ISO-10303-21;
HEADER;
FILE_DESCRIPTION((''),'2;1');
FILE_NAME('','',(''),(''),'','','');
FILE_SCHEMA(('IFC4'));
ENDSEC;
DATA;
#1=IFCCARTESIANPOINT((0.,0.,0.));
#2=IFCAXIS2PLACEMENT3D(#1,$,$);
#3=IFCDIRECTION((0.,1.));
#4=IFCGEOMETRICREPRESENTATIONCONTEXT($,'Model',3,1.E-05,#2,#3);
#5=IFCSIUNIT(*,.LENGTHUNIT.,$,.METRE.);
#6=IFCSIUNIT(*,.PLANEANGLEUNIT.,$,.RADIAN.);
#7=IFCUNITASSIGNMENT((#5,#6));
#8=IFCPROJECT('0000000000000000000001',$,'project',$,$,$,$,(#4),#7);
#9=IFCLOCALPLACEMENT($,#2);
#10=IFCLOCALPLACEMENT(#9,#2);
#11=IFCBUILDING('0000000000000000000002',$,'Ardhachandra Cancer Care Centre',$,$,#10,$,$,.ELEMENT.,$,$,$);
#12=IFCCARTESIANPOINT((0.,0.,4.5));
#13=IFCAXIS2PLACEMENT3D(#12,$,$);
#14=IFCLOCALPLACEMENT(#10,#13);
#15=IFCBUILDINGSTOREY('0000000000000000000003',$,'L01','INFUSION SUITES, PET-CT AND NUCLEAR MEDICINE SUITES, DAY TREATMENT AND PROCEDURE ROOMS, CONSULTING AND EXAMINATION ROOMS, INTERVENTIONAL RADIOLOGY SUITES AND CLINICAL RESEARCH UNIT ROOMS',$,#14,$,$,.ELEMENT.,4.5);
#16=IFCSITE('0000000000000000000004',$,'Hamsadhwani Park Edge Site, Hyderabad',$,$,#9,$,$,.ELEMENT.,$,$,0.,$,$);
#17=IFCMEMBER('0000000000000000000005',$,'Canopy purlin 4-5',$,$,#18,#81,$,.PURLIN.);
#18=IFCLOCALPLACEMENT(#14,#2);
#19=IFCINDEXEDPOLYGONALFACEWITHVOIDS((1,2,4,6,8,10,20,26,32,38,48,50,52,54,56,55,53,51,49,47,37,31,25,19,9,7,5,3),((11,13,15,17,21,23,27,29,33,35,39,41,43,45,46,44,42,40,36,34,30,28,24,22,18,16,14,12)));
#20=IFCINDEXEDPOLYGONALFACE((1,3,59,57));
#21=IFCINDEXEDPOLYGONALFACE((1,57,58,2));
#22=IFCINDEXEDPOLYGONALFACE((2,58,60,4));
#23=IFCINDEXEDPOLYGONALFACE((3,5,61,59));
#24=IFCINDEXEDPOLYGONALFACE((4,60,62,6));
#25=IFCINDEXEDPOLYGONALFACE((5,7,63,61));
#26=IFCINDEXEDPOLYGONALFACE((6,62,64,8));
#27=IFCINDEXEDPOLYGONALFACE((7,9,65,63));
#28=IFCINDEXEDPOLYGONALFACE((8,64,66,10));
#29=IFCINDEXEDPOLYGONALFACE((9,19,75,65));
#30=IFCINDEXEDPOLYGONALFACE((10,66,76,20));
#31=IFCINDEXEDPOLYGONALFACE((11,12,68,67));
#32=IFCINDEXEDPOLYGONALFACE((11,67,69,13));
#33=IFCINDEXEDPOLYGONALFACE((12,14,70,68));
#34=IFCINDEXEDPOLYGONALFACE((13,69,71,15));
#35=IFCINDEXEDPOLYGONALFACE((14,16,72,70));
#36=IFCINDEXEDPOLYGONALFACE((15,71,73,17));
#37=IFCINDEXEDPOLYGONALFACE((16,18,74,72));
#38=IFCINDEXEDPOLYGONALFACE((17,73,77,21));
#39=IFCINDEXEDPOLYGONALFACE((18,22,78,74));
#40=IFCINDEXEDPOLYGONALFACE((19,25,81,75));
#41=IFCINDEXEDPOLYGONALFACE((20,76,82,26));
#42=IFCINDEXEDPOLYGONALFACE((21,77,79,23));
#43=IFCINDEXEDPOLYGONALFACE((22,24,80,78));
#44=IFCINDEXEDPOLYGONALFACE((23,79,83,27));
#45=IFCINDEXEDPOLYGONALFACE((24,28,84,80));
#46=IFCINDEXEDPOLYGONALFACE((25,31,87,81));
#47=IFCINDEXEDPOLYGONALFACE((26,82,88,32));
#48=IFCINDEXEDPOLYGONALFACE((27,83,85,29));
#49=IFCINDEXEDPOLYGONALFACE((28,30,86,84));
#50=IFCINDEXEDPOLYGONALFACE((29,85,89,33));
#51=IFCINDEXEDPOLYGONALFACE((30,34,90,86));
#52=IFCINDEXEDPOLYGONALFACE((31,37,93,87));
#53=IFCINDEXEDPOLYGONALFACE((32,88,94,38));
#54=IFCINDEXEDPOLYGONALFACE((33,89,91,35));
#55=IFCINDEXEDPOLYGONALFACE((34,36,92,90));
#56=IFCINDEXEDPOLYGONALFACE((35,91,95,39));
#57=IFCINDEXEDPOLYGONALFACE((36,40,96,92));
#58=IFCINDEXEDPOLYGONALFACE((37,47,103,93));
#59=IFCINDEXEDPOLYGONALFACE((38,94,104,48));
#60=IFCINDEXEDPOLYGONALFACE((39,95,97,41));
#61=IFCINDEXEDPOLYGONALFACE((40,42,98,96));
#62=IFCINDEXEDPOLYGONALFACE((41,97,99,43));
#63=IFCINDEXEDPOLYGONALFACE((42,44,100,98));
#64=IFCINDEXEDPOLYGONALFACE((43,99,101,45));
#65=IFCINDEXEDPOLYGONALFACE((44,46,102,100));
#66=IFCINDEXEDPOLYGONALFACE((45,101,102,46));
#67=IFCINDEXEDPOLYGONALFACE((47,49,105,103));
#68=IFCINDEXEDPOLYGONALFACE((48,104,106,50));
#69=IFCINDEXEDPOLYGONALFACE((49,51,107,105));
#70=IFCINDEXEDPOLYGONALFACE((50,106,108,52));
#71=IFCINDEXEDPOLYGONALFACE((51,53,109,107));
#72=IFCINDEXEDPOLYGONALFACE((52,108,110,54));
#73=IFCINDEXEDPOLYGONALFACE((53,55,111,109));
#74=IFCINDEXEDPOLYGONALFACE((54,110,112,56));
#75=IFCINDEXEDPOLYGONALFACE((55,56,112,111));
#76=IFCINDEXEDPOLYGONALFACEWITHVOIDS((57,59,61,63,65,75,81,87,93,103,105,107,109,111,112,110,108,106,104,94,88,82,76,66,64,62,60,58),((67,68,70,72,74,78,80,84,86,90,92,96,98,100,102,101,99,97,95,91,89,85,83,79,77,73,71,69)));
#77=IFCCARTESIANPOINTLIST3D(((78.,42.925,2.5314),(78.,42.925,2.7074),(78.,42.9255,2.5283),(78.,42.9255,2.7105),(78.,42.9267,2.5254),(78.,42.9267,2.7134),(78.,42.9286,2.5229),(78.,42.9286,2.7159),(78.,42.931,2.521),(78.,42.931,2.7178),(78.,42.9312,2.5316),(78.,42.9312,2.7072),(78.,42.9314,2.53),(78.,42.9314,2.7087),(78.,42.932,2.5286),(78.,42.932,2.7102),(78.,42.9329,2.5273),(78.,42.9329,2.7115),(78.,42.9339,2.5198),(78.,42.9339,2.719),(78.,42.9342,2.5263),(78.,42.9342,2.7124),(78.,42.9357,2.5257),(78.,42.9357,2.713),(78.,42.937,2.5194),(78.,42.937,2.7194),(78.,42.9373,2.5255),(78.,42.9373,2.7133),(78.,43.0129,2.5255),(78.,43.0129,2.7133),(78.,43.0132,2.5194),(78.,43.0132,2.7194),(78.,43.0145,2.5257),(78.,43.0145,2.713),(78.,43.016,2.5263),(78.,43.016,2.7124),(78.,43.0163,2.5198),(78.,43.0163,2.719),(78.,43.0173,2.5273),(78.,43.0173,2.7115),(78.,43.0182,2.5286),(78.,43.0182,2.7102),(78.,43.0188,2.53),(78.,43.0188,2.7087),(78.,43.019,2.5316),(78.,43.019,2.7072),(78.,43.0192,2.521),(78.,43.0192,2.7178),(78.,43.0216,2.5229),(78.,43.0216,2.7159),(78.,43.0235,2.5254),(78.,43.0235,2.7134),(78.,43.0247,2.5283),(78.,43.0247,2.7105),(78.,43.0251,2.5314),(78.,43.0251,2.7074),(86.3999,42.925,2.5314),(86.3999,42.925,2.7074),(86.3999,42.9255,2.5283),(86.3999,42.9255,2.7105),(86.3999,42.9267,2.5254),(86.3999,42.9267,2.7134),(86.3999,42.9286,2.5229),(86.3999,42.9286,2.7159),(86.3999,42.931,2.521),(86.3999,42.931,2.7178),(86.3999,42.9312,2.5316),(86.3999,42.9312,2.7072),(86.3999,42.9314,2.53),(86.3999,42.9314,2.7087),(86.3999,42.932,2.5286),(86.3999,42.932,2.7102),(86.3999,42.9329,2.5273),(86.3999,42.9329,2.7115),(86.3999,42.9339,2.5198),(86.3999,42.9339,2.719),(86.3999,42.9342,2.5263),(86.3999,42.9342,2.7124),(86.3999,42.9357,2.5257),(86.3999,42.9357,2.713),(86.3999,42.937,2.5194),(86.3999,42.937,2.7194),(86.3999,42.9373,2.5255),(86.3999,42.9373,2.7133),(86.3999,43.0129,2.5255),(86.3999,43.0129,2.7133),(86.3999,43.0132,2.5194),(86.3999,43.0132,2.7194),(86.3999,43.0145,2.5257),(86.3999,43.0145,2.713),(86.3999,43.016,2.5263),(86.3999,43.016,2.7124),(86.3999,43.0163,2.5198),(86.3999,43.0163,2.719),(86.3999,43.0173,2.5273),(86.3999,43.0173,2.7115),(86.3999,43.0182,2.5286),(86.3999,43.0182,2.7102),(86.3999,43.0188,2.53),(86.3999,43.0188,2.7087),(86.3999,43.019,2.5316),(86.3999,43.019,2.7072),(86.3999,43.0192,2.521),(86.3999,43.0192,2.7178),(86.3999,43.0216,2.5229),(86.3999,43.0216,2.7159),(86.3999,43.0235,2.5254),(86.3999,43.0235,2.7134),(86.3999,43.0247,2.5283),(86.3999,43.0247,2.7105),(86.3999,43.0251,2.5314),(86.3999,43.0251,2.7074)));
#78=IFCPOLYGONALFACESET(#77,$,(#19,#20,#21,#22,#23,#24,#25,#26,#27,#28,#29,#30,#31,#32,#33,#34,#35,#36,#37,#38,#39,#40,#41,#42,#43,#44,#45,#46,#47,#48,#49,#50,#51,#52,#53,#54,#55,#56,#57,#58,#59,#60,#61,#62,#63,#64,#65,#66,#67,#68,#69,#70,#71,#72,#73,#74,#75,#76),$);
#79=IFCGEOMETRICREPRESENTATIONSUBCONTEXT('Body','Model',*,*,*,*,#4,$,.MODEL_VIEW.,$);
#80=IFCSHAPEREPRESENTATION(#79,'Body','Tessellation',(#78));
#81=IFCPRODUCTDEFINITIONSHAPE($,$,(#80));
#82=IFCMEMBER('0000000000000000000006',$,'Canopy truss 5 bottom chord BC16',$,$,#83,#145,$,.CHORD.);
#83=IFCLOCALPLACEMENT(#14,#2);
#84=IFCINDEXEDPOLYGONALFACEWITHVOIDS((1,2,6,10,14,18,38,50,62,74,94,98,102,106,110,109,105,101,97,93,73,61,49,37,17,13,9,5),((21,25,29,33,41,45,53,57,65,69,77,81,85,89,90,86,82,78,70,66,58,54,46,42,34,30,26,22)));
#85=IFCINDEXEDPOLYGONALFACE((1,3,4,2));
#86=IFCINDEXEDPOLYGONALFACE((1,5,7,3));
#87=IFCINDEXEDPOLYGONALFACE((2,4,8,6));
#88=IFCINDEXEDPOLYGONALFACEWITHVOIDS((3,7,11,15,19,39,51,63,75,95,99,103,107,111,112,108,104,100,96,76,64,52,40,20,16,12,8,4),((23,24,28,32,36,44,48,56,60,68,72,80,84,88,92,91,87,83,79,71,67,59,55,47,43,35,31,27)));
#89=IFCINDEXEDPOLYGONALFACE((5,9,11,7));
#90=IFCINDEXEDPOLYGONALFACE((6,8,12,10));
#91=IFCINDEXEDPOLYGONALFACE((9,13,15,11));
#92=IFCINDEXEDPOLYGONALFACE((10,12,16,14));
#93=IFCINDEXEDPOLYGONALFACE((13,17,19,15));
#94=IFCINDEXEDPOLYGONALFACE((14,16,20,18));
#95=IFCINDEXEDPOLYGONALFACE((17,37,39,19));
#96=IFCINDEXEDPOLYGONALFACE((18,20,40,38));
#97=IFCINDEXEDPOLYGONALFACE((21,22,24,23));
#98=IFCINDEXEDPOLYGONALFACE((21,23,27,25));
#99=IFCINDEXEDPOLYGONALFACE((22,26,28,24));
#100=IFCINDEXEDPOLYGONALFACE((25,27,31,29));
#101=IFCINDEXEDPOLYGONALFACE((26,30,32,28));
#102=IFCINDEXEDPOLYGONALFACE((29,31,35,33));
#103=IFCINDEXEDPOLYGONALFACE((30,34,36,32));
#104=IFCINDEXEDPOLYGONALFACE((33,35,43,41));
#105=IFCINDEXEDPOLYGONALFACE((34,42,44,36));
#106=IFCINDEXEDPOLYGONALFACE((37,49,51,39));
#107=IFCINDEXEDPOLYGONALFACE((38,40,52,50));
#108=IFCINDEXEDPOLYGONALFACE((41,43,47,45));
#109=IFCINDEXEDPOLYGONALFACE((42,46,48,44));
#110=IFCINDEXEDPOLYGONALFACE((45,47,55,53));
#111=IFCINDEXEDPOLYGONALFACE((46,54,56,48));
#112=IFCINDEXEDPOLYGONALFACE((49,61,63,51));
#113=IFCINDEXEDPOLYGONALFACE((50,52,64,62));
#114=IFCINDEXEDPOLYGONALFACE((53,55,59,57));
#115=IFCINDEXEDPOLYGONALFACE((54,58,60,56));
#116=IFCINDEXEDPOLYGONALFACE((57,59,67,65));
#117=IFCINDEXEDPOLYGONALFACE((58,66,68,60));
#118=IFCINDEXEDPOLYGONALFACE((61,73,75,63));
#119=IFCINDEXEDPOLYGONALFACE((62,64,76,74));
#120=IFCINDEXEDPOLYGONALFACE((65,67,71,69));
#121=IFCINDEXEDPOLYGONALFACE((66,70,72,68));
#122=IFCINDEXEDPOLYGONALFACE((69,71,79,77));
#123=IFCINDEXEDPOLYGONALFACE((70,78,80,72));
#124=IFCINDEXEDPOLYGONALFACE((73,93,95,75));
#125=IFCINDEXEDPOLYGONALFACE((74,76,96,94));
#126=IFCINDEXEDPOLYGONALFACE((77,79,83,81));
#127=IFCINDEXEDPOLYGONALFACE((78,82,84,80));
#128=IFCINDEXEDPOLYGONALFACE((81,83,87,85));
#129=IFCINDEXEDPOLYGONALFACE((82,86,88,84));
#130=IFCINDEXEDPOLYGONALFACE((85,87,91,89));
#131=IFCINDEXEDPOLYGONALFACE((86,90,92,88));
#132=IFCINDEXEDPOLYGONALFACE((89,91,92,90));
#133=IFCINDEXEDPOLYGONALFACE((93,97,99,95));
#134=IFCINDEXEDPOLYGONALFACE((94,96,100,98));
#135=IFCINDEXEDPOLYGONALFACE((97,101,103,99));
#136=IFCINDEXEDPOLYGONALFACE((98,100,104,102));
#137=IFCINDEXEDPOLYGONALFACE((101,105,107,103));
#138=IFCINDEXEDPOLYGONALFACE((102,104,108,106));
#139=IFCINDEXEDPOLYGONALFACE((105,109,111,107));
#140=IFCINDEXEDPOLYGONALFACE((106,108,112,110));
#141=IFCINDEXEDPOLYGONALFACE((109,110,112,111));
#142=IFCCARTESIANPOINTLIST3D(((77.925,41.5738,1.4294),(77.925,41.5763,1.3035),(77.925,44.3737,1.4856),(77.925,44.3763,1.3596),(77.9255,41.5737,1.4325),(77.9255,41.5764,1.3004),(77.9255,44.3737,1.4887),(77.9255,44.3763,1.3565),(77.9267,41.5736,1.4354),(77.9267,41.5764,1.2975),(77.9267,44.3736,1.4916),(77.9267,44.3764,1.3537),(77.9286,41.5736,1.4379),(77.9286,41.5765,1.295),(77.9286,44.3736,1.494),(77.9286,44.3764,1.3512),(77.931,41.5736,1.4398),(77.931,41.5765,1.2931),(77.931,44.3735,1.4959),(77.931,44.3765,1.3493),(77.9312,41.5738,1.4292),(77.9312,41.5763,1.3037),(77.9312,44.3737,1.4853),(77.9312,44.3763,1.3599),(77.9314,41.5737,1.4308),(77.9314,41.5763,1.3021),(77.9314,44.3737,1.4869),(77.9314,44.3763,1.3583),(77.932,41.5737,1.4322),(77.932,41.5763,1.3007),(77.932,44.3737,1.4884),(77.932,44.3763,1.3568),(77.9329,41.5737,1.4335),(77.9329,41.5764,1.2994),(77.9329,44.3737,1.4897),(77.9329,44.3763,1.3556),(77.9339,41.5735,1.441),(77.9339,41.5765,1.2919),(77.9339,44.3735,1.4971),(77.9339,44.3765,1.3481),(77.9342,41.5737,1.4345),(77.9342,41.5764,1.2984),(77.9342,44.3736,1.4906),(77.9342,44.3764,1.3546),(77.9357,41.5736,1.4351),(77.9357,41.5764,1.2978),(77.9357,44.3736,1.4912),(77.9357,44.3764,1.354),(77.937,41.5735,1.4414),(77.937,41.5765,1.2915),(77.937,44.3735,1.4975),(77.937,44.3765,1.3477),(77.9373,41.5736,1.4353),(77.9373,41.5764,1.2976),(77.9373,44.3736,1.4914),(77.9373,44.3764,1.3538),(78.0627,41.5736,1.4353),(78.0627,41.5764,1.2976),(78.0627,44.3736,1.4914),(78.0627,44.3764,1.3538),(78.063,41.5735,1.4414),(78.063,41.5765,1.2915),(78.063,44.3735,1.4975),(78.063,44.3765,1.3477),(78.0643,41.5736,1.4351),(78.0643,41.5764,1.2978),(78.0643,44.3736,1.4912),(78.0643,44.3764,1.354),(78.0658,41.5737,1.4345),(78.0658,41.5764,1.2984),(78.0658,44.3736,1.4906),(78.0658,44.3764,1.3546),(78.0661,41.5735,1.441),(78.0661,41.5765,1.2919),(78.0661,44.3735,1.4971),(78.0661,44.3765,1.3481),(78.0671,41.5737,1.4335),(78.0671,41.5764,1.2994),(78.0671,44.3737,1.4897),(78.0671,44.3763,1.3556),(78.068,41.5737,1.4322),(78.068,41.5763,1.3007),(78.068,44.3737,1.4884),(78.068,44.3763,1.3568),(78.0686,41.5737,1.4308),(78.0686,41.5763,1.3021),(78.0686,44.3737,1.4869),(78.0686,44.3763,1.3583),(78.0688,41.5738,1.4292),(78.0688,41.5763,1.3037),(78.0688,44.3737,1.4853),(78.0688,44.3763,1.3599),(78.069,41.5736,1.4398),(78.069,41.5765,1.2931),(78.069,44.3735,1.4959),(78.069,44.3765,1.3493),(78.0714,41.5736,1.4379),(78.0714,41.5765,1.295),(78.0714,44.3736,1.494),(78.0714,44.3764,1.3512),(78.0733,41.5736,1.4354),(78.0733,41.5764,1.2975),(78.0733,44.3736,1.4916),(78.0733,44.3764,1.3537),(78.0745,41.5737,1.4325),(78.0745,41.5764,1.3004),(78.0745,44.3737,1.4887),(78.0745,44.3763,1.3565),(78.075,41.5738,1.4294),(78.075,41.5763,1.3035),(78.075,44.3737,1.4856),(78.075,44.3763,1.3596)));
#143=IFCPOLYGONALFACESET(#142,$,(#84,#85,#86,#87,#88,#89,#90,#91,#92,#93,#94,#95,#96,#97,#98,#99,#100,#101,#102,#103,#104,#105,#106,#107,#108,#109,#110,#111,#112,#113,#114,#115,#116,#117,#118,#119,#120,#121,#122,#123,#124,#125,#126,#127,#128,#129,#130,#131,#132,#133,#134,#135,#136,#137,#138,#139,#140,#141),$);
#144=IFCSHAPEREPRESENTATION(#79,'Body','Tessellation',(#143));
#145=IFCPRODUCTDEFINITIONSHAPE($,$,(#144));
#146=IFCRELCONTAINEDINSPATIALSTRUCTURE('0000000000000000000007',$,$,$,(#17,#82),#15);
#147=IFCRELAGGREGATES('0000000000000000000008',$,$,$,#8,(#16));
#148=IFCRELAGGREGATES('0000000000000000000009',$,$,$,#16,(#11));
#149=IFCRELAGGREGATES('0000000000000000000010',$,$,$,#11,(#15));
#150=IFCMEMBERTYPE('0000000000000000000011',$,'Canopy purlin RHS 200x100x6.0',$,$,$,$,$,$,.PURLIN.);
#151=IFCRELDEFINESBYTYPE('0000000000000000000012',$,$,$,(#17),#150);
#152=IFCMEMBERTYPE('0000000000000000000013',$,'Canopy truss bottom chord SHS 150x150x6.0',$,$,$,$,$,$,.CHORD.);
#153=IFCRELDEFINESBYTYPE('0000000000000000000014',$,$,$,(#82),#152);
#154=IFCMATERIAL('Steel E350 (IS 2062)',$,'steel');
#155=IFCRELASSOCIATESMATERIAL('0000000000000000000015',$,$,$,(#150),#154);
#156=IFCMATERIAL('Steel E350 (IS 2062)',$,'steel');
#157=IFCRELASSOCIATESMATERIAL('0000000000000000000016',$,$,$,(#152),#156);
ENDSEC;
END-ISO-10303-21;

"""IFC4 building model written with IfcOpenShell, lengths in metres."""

from ifc_helpers import new_model, si_unit, direction, frame, origin, origin_2d, place, context, subcontext, project, spatial, hollow_rectangle, extrude, material, material_profile, profile_set, type_object, element, save


model = new_model("IFC4")

# Units and contexts
model_context = context("Model", 3, precision=1e-05, world=origin(), true_north=direction((0.0, 1.0)))
body_context = subcontext(model_context, "Body", "Model", "MODEL_VIEW")
ifc_project = project(units=[si_unit("LENGTHUNIT", "METRE"), si_unit("PLANEANGLEUNIT", "RADIAN")], contexts=[model_context])

# Site, building, storey
site_placement = place(None, origin())
site = spatial("IfcSite", under=ifc_project, at=site_placement, Name="Hamsadhwani Park Edge Site, Hyderabad", CompositionType="ELEMENT", RefElevation=0.0)
building_placement = place(site_placement, origin())
building = spatial("IfcBuilding", under=site, at=building_placement, Name="Ardhachandra Cancer Care Centre", CompositionType="ELEMENT")
storey_placement = place(building_placement, frame((0.0, 0.0, 4.5)))
storey = spatial("IfcBuildingStorey", under=building, at=storey_placement, Name="L01", Description="INFUSION SUITES, PET-CT AND NUCLEAR MEDICINE SUITES, DAY TREATMENT AND PROCEDURE ROOMS, CONSULTING AND EXAMINATION ROOMS, INTERVENTIONAL RADIOLOGY SUITES AND CLINICAL RESEARCH UNIT ROOMS", CompositionType="ELEMENT", Elevation=4.5)

# Members
ifc_material_1 = material(Name="Steel E350 (IS 2062)", Category="steel")
ifc_material_profile_1 = material_profile(ifc_material_1, hollow_rectangle(XDim=0.1001, YDim=0.2, WallThickness=0.0061, InnerFilletRadius=0.0061, OuterFilletRadius=0.012, at=origin_2d()), Name="RHS 200x100x6.0")
ifc_profile_set_1 = profile_set([ifc_material_profile_1], Name="Steel E350 (IS 2062)")
member_type_1 = type_object("IfcMemberType", Name="Canopy purlin RHS 200x100x6.0", PredefinedType="PURLIN", material=ifc_profile_set_1)
member_1_placement = place(storey_placement, frame((78.0, 42.9751, 2.6194), z_axis=(1.0, 0.0, 0.0), x_axis=(0.0, 1.0, 0.0)))
element("IfcMember", 1, at=member_1_placement, inside=storey, type_object=member_type_1, Name="Canopy purlin 4-5", PredefinedType="PURLIN", context=body_context, shape_type="SweptSolid", body=[
    extrude(hollow_rectangle(XDim=0.1001, YDim=0.2, WallThickness=0.0061, InnerFilletRadius=0.0061, OuterFilletRadius=0.012, at=origin_2d()), origin(), (0.0, 0.0, 1.0), 8.3999),
])
ifc_material_2 = material(Name="Steel E350 (IS 2062)", Category="steel")
ifc_material_profile_2 = material_profile(ifc_material_2, hollow_rectangle(XDim=0.1499, YDim=0.1499, WallThickness=0.0061, InnerFilletRadius=0.0061, OuterFilletRadius=0.012, at=origin_2d()), Name="SHS 150x150x6.0")
ifc_profile_set_2 = profile_set([ifc_material_profile_2], Name="Steel E350 (IS 2062)")
member_type_2 = type_object("IfcMemberType", Name="Canopy truss bottom chord SHS 150x150x6.0", PredefinedType="CHORD", material=ifc_profile_set_2)
for number, where, z_axis, x_axis, name in (
    (2, (78.0, 44.375, 1.4226), (0.0, -0.999799, -0.02005), (1.0, 0.0, 0.0), "Canopy truss 5 bottom chord BC16"),
):
    element("IfcMember", number, at=place(storey_placement, frame(where, z_axis=z_axis, x_axis=x_axis)), inside=storey, type_object=member_type_2, Name=name, PredefinedType="CHORD", context=body_context, shape_type="SweptSolid", body=[
        extrude(hollow_rectangle(XDim=0.1499, YDim=0.1499, WallThickness=0.0061, InnerFilletRadius=0.0061, OuterFilletRadius=0.012, at=origin_2d()), origin(), (0.0, 0.0, 1.0), 2.8005),
    ])

save(model, "model.ifc")
